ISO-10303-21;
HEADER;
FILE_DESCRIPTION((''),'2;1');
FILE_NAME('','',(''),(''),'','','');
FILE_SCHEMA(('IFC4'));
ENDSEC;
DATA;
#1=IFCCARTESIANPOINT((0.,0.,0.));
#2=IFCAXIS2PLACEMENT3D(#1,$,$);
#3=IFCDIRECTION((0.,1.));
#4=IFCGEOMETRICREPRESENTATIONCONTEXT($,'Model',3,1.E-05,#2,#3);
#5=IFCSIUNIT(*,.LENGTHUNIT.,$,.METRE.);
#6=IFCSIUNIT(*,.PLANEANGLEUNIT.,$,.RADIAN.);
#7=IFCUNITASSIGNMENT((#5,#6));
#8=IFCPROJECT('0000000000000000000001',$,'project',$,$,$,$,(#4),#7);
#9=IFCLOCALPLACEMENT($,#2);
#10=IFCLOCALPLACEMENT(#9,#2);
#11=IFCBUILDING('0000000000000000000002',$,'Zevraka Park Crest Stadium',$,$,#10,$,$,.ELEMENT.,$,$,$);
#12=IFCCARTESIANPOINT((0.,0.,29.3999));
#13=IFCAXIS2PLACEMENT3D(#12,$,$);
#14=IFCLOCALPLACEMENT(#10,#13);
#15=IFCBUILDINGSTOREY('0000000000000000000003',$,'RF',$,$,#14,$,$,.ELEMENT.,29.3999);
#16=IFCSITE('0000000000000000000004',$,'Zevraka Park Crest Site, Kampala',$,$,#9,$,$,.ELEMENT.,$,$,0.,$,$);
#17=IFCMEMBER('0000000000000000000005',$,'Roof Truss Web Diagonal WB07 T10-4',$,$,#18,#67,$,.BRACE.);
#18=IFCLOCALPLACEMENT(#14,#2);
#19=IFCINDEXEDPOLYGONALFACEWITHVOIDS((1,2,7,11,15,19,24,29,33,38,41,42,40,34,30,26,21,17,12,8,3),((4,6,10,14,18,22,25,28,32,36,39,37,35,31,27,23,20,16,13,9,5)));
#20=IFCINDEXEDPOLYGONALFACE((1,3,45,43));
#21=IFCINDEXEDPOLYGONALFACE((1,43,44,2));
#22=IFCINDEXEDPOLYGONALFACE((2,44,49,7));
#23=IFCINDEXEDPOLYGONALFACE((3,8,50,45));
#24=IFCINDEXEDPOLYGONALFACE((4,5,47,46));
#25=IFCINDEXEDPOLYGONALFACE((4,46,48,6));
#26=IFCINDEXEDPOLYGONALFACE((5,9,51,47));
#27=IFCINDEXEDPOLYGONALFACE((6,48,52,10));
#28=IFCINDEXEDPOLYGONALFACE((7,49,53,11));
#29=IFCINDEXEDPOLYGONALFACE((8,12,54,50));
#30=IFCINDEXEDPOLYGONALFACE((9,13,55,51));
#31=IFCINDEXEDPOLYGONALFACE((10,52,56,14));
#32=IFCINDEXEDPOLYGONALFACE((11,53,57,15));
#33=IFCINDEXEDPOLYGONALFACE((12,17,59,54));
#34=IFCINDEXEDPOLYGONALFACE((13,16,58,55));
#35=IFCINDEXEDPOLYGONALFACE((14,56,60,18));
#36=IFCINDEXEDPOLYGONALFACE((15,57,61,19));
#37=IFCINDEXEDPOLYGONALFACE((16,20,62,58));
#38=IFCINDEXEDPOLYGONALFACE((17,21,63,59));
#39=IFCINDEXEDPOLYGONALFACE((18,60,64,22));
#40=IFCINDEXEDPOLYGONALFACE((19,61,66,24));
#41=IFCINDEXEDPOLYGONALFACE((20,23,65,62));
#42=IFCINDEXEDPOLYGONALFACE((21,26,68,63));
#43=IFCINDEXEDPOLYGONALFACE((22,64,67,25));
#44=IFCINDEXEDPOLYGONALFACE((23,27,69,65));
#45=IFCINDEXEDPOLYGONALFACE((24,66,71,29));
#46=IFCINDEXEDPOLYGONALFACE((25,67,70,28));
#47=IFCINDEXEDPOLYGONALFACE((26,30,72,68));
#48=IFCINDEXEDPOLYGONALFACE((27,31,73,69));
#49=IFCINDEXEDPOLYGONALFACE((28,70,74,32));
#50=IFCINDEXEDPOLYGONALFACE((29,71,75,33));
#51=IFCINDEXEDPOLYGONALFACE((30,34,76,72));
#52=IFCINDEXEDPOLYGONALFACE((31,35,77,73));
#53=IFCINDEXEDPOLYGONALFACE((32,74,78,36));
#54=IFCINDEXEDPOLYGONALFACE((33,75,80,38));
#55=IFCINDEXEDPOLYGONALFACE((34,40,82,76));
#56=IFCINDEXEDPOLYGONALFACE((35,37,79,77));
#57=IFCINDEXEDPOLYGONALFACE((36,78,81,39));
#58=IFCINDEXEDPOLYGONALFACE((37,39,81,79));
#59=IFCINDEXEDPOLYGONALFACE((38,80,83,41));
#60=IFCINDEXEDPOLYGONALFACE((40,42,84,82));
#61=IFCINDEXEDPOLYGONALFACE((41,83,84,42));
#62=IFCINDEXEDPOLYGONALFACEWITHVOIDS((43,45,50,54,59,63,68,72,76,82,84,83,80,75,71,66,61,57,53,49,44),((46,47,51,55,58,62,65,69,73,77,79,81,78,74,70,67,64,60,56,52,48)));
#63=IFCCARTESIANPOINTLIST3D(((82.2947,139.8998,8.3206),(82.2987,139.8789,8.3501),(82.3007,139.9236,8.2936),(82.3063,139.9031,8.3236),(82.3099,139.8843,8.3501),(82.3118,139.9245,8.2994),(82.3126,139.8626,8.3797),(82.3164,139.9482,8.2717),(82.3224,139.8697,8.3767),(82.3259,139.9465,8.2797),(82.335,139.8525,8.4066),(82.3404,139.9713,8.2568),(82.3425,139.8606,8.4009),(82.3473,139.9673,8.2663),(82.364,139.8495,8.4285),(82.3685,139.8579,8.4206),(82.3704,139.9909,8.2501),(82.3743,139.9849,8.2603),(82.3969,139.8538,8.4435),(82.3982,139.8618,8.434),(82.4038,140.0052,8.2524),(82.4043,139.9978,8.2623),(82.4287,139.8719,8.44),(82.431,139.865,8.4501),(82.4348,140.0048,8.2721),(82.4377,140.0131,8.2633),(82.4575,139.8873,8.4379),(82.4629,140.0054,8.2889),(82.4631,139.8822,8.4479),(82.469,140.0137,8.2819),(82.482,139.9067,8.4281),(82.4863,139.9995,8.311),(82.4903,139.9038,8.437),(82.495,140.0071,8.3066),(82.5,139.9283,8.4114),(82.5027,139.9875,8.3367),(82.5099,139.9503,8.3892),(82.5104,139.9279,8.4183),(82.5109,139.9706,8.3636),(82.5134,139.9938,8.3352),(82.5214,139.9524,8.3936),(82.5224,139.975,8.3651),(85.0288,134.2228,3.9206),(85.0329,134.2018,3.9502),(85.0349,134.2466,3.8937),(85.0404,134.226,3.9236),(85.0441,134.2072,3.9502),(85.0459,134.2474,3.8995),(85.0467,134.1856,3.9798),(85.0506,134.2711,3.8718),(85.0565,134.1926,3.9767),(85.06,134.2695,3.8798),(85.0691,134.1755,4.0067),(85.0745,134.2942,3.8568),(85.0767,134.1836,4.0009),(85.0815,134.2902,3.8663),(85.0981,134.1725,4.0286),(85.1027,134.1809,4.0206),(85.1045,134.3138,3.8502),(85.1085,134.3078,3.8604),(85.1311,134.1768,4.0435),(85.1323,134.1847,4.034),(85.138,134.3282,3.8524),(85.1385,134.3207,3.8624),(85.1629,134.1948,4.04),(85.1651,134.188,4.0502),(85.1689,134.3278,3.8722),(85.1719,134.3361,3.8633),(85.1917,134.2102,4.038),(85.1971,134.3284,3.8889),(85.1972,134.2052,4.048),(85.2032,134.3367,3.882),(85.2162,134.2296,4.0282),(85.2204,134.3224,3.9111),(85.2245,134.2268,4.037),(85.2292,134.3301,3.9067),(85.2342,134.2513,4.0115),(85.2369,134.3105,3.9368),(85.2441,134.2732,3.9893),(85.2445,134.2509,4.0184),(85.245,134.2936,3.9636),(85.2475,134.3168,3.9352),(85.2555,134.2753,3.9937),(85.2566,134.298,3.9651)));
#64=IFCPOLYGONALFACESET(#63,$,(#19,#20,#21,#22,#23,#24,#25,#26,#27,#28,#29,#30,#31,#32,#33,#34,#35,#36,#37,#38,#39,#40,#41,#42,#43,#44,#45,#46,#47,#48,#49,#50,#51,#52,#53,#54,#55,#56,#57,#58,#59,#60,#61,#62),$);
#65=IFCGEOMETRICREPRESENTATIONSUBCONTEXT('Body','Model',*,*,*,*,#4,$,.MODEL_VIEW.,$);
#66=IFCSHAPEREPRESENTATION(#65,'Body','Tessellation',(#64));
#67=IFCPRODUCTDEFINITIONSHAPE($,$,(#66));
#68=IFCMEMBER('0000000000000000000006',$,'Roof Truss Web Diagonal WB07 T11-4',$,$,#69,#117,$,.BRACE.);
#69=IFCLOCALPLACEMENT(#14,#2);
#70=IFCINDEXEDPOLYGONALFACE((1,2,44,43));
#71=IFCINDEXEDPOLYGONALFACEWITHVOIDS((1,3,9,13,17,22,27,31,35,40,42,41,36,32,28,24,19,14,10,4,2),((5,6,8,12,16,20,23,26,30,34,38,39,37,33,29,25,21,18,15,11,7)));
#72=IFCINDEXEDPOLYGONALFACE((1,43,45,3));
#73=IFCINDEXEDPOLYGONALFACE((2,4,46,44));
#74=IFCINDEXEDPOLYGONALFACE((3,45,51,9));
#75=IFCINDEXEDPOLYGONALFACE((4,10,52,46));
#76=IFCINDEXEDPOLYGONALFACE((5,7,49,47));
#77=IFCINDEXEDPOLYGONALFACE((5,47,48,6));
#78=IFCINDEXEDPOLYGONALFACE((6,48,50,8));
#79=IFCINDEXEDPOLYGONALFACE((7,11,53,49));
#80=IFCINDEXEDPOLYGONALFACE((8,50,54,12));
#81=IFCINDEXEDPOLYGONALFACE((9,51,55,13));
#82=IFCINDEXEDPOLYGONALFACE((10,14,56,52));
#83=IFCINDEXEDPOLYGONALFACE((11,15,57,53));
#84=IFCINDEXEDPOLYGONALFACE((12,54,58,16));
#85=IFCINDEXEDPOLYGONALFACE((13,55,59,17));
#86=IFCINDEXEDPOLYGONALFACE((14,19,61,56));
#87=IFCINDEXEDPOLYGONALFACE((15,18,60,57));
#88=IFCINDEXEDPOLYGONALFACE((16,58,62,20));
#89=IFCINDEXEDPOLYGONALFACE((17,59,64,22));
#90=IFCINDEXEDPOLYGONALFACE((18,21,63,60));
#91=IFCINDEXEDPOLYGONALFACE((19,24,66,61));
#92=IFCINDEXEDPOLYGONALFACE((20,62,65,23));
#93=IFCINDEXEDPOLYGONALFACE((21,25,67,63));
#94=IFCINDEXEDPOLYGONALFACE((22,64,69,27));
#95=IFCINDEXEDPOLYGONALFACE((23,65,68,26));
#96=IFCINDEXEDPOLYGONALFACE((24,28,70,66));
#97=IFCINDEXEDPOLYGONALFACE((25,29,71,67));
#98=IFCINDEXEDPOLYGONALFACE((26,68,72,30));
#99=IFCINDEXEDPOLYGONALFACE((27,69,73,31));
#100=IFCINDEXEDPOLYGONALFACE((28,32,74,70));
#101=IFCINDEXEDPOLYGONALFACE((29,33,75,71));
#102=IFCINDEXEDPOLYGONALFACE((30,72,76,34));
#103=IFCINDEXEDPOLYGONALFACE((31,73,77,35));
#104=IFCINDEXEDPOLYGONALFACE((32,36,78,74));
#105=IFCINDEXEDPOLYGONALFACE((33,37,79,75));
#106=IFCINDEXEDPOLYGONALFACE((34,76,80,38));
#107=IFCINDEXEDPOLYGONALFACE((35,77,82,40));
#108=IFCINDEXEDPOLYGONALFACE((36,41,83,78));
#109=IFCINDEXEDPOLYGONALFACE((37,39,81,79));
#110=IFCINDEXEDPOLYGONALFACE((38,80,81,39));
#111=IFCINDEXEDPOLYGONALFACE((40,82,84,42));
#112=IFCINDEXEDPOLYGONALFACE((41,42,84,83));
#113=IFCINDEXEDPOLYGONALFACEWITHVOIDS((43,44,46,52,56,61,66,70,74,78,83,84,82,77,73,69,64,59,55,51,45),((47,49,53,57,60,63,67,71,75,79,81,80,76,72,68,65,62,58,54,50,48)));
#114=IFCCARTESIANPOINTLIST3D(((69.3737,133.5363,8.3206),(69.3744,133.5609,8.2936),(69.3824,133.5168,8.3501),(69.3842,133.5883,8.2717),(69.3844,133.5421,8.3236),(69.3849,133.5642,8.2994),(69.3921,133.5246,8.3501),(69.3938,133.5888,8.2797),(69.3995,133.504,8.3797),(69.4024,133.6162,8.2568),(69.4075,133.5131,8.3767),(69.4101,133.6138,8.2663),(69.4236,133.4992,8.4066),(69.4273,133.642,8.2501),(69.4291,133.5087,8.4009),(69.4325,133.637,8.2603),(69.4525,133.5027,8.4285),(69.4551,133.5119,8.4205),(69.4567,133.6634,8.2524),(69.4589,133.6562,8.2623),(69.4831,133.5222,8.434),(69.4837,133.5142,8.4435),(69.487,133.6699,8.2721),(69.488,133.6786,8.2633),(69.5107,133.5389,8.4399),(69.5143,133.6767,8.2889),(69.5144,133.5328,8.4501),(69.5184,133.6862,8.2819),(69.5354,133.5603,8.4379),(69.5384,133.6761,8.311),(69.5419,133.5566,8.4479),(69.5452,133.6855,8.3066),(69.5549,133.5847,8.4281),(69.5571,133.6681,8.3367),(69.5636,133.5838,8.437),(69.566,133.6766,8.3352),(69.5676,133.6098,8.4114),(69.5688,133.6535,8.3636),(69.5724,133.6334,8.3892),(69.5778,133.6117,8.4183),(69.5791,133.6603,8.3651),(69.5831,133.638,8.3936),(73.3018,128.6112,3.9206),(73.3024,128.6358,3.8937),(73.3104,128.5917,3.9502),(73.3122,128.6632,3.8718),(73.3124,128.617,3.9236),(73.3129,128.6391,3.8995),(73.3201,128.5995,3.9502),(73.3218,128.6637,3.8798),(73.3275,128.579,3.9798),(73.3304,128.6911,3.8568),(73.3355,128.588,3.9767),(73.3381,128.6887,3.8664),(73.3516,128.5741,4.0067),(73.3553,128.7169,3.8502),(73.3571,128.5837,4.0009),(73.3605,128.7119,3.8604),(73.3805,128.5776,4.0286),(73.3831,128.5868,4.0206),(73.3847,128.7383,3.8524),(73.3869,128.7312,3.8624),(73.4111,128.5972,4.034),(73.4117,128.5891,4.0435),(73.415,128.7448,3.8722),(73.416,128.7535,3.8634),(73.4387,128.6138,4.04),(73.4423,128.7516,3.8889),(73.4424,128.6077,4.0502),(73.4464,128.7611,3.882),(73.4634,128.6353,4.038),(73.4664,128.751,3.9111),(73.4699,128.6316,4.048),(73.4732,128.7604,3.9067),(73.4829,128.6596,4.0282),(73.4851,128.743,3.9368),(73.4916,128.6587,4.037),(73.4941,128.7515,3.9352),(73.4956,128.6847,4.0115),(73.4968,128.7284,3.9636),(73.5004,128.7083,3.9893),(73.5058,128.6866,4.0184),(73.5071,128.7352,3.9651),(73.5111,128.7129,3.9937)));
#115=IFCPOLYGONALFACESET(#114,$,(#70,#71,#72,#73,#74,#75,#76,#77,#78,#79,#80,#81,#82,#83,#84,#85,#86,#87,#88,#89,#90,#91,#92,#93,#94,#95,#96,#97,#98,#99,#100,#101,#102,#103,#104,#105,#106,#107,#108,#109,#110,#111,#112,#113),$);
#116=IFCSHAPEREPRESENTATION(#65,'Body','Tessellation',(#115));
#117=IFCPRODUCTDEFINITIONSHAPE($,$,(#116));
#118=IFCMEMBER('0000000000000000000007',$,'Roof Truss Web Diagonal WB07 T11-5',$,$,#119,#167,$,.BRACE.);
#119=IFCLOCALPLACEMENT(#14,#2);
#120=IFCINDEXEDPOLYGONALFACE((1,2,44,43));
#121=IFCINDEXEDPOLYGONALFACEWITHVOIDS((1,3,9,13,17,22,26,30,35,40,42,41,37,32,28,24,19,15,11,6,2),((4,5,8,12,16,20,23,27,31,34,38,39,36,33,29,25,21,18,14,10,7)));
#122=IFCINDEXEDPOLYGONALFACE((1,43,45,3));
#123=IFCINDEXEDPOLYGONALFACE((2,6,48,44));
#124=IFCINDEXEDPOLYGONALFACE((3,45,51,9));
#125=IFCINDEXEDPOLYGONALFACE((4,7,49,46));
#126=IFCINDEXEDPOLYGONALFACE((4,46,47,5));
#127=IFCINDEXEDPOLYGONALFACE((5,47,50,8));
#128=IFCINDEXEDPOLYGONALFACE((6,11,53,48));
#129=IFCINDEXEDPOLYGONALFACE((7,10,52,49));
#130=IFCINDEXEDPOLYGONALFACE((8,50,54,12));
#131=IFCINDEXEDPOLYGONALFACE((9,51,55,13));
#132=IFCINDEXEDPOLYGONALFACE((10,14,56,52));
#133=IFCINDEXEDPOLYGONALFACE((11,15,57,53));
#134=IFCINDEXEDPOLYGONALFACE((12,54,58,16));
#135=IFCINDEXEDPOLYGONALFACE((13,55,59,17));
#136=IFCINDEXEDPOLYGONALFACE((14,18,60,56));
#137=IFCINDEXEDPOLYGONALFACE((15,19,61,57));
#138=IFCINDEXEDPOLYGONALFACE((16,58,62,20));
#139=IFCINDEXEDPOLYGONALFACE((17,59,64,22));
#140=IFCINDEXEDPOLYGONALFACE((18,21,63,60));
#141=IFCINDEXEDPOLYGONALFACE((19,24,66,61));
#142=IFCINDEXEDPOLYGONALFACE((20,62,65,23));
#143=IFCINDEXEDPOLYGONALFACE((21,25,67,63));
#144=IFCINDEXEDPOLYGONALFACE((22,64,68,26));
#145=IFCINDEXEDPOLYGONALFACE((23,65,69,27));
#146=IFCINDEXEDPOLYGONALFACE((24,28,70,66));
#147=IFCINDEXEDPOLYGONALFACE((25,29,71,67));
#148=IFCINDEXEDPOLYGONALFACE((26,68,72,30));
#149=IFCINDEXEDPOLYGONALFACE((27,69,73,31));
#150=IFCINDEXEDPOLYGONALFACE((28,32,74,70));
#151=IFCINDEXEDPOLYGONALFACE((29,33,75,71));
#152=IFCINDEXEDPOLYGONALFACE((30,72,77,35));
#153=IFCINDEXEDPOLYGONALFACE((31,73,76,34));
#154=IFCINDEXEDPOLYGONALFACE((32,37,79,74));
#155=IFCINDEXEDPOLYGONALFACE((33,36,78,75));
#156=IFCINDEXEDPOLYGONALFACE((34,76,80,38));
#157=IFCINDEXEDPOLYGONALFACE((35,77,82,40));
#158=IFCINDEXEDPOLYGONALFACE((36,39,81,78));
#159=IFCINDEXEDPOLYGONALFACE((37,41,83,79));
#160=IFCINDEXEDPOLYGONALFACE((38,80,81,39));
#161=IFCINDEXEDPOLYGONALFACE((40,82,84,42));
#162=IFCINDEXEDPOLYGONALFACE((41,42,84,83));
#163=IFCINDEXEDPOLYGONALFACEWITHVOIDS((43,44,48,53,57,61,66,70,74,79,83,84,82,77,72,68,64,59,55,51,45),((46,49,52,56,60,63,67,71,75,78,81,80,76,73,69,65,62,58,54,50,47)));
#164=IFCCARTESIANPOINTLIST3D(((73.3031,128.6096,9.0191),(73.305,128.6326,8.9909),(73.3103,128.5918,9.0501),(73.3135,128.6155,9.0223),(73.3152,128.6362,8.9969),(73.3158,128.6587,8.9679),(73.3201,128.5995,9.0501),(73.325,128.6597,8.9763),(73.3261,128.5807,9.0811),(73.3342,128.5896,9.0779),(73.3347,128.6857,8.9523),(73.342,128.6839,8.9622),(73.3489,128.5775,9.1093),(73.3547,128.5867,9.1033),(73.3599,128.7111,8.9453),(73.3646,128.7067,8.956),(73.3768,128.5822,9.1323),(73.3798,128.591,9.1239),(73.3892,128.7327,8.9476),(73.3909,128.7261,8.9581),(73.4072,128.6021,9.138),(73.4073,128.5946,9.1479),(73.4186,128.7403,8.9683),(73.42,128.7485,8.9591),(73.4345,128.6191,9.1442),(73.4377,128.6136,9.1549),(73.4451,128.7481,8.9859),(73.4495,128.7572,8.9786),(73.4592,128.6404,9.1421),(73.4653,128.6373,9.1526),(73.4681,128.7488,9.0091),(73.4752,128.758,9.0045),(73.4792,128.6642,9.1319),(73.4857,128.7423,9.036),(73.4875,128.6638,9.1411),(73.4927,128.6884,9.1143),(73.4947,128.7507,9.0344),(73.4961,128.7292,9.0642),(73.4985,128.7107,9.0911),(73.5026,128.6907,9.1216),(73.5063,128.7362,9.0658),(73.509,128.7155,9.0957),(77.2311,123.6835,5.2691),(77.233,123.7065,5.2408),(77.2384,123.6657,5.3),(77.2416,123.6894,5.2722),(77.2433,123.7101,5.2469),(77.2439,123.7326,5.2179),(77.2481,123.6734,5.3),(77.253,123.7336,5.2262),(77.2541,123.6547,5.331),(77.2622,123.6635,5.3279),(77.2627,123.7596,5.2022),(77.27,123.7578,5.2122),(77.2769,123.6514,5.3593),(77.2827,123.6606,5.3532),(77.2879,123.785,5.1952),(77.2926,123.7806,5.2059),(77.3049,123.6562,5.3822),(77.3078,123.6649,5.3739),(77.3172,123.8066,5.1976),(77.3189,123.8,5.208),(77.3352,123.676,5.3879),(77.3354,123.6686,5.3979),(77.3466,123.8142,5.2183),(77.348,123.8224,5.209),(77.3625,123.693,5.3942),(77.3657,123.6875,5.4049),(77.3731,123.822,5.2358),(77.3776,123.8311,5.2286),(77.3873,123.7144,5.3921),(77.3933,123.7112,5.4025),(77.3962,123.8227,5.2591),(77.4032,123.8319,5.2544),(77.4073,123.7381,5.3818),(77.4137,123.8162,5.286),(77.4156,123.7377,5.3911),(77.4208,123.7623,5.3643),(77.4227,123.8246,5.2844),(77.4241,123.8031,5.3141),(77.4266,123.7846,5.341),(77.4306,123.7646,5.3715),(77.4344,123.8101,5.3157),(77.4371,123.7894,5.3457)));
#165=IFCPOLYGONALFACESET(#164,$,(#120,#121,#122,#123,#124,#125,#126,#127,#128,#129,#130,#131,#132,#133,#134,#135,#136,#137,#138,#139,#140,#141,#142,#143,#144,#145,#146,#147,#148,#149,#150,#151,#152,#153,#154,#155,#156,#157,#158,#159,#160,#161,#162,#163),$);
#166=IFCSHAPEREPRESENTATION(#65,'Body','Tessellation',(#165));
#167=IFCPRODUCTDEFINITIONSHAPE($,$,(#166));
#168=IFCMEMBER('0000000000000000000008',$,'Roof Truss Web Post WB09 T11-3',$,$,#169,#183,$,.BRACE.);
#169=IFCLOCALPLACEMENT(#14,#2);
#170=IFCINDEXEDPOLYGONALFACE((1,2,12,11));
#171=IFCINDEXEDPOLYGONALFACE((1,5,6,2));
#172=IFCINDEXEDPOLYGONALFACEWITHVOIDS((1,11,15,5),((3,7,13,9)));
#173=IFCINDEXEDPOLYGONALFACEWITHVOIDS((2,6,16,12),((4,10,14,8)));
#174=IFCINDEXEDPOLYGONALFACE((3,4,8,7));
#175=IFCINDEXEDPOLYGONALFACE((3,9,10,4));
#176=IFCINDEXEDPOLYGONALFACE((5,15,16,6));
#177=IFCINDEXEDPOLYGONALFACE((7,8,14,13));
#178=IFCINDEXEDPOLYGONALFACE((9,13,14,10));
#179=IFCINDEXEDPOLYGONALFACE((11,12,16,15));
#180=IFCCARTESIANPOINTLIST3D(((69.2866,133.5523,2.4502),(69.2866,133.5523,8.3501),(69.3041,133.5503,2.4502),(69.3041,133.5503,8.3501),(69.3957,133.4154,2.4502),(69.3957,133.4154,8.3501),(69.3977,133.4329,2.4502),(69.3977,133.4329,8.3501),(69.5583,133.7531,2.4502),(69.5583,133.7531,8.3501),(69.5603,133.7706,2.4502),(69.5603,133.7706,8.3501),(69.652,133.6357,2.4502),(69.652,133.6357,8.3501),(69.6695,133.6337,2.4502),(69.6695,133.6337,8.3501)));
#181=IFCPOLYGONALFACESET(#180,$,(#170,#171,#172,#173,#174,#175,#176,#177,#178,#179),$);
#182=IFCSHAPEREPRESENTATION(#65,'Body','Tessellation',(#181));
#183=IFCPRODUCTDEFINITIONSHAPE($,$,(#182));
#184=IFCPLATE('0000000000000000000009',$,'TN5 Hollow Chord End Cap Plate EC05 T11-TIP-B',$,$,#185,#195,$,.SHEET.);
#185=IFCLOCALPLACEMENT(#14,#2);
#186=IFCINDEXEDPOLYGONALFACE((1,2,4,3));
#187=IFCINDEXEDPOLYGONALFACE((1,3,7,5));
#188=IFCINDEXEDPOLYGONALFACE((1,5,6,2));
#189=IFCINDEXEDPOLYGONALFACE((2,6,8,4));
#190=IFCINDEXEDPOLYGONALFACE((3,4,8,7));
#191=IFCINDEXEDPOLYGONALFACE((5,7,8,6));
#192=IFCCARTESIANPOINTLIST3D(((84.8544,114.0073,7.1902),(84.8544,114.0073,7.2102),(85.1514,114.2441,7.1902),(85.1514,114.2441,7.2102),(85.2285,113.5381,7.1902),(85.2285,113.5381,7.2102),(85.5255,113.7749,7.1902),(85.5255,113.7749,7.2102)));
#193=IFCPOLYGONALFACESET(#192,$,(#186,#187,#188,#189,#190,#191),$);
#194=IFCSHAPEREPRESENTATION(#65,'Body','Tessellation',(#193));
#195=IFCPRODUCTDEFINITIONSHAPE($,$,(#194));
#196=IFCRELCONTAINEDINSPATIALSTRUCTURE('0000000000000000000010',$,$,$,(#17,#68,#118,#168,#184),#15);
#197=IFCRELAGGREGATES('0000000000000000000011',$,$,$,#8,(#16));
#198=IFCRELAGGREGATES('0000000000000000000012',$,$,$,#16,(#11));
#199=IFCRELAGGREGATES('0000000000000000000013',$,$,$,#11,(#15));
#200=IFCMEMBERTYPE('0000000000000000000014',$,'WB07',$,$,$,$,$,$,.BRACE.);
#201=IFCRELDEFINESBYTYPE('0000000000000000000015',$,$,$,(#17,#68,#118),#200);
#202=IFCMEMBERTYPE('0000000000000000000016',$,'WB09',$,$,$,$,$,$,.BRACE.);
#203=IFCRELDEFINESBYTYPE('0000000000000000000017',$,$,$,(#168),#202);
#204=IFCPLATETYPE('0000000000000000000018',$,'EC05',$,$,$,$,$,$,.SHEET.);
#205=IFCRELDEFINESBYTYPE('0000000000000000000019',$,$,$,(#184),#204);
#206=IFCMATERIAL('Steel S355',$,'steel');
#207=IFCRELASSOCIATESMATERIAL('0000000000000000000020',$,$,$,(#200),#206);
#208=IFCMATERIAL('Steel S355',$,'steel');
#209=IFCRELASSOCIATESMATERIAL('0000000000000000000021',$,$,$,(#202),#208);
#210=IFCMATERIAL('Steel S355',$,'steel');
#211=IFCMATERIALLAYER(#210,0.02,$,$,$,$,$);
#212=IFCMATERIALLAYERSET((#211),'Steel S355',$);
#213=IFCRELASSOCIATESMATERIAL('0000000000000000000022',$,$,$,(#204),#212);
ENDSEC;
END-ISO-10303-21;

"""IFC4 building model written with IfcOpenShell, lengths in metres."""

from ifc_helpers import new_model, si_unit, direction, frame, origin, origin_2d, place, context, subcontext, project, spatial, rectangle, hollow_rectangle, hollow_circle, extrude, material, layer, layer_set, material_profile, profile_set, type_object, element, save


model = new_model("IFC4")

# Units and contexts
model_context = context("Model", 3, precision=1e-05, world=origin(), true_north=direction((0.0, 1.0)))
body_context = subcontext(model_context, "Body", "Model", "MODEL_VIEW")
ifc_project = project(units=[si_unit("LENGTHUNIT", "METRE"), si_unit("PLANEANGLEUNIT", "RADIAN")], contexts=[model_context])

# Site, building, storey
site_placement = place(None, origin())
site = spatial("IfcSite", under=ifc_project, at=site_placement, Name="Zevraka Park Crest Site, Kampala", CompositionType="ELEMENT", RefElevation=0.0)
building_placement = place(site_placement, origin())
building = spatial("IfcBuilding", under=site, at=building_placement, Name="Zevraka Park Crest Stadium", CompositionType="ELEMENT")
storey_placement = place(building_placement, frame((0.0, 0.0, 29.3999)))
storey = spatial("IfcBuildingStorey", under=building, at=storey_placement, Name="RF", CompositionType="ELEMENT", Elevation=29.3999)

# Members
ifc_material_1 = material(Name="Steel S355", Category="steel")
ifc_material_profile_1 = material_profile(ifc_material_1, hollow_circle(Radius=0.1223, WallThickness=0.0125, at=origin_2d()), Name="CHS 244.5x12.5")
ifc_profile_set_1 = profile_set([ifc_material_profile_1], Name="Steel S355")
member_type_1 = type_object("IfcMemberType", Name="WB07", PredefinedType="BRACE", material=ifc_profile_set_1)
member_1_placement = place(storey_placement, frame((85.1431, 134.2549, 3.9502), z_axis=(-0.355764, 0.738689, 0.572513), x_axis=(-0.900955, -0.433913, 0.0)))
element("IfcMember", 1, at=member_1_placement, inside=storey, type_object=member_type_1, Name="Roof Truss Web Diagonal WB07 T10-4", PredefinedType="BRACE", context=body_context, shape_type="SweptSolid", body=[
    extrude(hollow_circle(Radius=0.1223, WallThickness=0.0125, at=origin_2d()), origin(), (0.0, 0.0, 1.0), 7.6853),
])
member_2_placement = place(storey_placement, frame((73.406, 128.668, 3.9502), z_axis=(-0.511188, 0.640946, 0.572604), x_axis=(-0.781802, -0.623527, 0.0)))
element("IfcMember", 2, at=member_2_placement, inside=storey, type_object=member_type_1, Name="Roof Truss Web Diagonal WB07 T11-4", PredefinedType="BRACE", context=body_context, shape_type="SweptSolid", body=[
    extrude(hollow_circle(Radius=0.1223, WallThickness=0.0125, at=origin_2d()), origin(), (0.0, 0.0, 1.0), 7.6841),
])
member_3_placement = place(storey_placement, frame((77.334, 123.7419, 5.3), z_axis=(-0.535736, 0.671859, 0.511461), x_axis=(-0.781862, -0.623451, 0.0)))
element("IfcMember", 3, at=member_3_placement, inside=storey, type_object=member_type_1, Name="Roof Truss Web Diagonal WB07 T11-5", PredefinedType="BRACE", context=body_context, shape_type="SweptSolid", body=[
    extrude(hollow_circle(Radius=0.1223, WallThickness=0.0125, at=origin_2d()), origin(), (0.0, 0.0, 1.0), 7.332),
])
ifc_material_2 = material(Name="Steel S355", Category="steel")
ifc_material_profile_2 = material_profile(ifc_material_2, hollow_rectangle(XDim=0.175, YDim=0.3501, WallThickness=0.0125, at=origin_2d()), Name="RHS 350x175x12.5")
ifc_profile_set_2 = profile_set([ifc_material_profile_2], Name="Steel S355")
member_type_2 = type_object("IfcMemberType", Name="WB09", PredefinedType="BRACE", material=ifc_profile_set_2)
member_4_placement = place(storey_placement, frame((69.478, 133.593, 2.4502), z_axis=(0.0, 0.0, 1.0), x_axis=(-0.62347, 0.781847, 0.0)))
element("IfcMember", 4, at=member_4_placement, inside=storey, type_object=member_type_2, Name="Roof Truss Web Post WB09 T11-3", PredefinedType="BRACE", context=body_context, shape_type="SweptSolid", body=[
    extrude(hollow_rectangle(XDim=0.175, YDim=0.3501, WallThickness=0.0125, at=origin_2d()), origin(), (0.0, 0.0, 1.0), 5.8999),
])

# Plate
ifc_material_3 = material(Name="Steel S355", Category="steel")
ifc_layer_1 = layer(ifc_material_3, 0.02)
ifc_layer_set_1 = layer_set([ifc_layer_1], Name="Steel S355")
plate_type_1 = type_object("IfcPlateType", Name="EC05", PredefinedType="SHEET", material=ifc_layer_set_1)
plate_1_placement = place(storey_placement, frame((85.1899, 113.8911, 7.1902), z_axis=(0.0, 0.0, 1.0), x_axis=(-0.62347, 0.781847, 0.0)))
element("IfcPlate", 5, at=plate_1_placement, inside=storey, type_object=plate_type_1, Name="TN5 Hollow Chord End Cap Plate EC05 T11-TIP-B", PredefinedType="SHEET", context=body_context, shape_type="SweptSolid", body=[
    extrude(rectangle(XDim=0.6001, YDim=0.3799, at=origin_2d()), origin(), (0.0, 0.0, 1.0), 0.02),
])

save(model, "model.ifc")
